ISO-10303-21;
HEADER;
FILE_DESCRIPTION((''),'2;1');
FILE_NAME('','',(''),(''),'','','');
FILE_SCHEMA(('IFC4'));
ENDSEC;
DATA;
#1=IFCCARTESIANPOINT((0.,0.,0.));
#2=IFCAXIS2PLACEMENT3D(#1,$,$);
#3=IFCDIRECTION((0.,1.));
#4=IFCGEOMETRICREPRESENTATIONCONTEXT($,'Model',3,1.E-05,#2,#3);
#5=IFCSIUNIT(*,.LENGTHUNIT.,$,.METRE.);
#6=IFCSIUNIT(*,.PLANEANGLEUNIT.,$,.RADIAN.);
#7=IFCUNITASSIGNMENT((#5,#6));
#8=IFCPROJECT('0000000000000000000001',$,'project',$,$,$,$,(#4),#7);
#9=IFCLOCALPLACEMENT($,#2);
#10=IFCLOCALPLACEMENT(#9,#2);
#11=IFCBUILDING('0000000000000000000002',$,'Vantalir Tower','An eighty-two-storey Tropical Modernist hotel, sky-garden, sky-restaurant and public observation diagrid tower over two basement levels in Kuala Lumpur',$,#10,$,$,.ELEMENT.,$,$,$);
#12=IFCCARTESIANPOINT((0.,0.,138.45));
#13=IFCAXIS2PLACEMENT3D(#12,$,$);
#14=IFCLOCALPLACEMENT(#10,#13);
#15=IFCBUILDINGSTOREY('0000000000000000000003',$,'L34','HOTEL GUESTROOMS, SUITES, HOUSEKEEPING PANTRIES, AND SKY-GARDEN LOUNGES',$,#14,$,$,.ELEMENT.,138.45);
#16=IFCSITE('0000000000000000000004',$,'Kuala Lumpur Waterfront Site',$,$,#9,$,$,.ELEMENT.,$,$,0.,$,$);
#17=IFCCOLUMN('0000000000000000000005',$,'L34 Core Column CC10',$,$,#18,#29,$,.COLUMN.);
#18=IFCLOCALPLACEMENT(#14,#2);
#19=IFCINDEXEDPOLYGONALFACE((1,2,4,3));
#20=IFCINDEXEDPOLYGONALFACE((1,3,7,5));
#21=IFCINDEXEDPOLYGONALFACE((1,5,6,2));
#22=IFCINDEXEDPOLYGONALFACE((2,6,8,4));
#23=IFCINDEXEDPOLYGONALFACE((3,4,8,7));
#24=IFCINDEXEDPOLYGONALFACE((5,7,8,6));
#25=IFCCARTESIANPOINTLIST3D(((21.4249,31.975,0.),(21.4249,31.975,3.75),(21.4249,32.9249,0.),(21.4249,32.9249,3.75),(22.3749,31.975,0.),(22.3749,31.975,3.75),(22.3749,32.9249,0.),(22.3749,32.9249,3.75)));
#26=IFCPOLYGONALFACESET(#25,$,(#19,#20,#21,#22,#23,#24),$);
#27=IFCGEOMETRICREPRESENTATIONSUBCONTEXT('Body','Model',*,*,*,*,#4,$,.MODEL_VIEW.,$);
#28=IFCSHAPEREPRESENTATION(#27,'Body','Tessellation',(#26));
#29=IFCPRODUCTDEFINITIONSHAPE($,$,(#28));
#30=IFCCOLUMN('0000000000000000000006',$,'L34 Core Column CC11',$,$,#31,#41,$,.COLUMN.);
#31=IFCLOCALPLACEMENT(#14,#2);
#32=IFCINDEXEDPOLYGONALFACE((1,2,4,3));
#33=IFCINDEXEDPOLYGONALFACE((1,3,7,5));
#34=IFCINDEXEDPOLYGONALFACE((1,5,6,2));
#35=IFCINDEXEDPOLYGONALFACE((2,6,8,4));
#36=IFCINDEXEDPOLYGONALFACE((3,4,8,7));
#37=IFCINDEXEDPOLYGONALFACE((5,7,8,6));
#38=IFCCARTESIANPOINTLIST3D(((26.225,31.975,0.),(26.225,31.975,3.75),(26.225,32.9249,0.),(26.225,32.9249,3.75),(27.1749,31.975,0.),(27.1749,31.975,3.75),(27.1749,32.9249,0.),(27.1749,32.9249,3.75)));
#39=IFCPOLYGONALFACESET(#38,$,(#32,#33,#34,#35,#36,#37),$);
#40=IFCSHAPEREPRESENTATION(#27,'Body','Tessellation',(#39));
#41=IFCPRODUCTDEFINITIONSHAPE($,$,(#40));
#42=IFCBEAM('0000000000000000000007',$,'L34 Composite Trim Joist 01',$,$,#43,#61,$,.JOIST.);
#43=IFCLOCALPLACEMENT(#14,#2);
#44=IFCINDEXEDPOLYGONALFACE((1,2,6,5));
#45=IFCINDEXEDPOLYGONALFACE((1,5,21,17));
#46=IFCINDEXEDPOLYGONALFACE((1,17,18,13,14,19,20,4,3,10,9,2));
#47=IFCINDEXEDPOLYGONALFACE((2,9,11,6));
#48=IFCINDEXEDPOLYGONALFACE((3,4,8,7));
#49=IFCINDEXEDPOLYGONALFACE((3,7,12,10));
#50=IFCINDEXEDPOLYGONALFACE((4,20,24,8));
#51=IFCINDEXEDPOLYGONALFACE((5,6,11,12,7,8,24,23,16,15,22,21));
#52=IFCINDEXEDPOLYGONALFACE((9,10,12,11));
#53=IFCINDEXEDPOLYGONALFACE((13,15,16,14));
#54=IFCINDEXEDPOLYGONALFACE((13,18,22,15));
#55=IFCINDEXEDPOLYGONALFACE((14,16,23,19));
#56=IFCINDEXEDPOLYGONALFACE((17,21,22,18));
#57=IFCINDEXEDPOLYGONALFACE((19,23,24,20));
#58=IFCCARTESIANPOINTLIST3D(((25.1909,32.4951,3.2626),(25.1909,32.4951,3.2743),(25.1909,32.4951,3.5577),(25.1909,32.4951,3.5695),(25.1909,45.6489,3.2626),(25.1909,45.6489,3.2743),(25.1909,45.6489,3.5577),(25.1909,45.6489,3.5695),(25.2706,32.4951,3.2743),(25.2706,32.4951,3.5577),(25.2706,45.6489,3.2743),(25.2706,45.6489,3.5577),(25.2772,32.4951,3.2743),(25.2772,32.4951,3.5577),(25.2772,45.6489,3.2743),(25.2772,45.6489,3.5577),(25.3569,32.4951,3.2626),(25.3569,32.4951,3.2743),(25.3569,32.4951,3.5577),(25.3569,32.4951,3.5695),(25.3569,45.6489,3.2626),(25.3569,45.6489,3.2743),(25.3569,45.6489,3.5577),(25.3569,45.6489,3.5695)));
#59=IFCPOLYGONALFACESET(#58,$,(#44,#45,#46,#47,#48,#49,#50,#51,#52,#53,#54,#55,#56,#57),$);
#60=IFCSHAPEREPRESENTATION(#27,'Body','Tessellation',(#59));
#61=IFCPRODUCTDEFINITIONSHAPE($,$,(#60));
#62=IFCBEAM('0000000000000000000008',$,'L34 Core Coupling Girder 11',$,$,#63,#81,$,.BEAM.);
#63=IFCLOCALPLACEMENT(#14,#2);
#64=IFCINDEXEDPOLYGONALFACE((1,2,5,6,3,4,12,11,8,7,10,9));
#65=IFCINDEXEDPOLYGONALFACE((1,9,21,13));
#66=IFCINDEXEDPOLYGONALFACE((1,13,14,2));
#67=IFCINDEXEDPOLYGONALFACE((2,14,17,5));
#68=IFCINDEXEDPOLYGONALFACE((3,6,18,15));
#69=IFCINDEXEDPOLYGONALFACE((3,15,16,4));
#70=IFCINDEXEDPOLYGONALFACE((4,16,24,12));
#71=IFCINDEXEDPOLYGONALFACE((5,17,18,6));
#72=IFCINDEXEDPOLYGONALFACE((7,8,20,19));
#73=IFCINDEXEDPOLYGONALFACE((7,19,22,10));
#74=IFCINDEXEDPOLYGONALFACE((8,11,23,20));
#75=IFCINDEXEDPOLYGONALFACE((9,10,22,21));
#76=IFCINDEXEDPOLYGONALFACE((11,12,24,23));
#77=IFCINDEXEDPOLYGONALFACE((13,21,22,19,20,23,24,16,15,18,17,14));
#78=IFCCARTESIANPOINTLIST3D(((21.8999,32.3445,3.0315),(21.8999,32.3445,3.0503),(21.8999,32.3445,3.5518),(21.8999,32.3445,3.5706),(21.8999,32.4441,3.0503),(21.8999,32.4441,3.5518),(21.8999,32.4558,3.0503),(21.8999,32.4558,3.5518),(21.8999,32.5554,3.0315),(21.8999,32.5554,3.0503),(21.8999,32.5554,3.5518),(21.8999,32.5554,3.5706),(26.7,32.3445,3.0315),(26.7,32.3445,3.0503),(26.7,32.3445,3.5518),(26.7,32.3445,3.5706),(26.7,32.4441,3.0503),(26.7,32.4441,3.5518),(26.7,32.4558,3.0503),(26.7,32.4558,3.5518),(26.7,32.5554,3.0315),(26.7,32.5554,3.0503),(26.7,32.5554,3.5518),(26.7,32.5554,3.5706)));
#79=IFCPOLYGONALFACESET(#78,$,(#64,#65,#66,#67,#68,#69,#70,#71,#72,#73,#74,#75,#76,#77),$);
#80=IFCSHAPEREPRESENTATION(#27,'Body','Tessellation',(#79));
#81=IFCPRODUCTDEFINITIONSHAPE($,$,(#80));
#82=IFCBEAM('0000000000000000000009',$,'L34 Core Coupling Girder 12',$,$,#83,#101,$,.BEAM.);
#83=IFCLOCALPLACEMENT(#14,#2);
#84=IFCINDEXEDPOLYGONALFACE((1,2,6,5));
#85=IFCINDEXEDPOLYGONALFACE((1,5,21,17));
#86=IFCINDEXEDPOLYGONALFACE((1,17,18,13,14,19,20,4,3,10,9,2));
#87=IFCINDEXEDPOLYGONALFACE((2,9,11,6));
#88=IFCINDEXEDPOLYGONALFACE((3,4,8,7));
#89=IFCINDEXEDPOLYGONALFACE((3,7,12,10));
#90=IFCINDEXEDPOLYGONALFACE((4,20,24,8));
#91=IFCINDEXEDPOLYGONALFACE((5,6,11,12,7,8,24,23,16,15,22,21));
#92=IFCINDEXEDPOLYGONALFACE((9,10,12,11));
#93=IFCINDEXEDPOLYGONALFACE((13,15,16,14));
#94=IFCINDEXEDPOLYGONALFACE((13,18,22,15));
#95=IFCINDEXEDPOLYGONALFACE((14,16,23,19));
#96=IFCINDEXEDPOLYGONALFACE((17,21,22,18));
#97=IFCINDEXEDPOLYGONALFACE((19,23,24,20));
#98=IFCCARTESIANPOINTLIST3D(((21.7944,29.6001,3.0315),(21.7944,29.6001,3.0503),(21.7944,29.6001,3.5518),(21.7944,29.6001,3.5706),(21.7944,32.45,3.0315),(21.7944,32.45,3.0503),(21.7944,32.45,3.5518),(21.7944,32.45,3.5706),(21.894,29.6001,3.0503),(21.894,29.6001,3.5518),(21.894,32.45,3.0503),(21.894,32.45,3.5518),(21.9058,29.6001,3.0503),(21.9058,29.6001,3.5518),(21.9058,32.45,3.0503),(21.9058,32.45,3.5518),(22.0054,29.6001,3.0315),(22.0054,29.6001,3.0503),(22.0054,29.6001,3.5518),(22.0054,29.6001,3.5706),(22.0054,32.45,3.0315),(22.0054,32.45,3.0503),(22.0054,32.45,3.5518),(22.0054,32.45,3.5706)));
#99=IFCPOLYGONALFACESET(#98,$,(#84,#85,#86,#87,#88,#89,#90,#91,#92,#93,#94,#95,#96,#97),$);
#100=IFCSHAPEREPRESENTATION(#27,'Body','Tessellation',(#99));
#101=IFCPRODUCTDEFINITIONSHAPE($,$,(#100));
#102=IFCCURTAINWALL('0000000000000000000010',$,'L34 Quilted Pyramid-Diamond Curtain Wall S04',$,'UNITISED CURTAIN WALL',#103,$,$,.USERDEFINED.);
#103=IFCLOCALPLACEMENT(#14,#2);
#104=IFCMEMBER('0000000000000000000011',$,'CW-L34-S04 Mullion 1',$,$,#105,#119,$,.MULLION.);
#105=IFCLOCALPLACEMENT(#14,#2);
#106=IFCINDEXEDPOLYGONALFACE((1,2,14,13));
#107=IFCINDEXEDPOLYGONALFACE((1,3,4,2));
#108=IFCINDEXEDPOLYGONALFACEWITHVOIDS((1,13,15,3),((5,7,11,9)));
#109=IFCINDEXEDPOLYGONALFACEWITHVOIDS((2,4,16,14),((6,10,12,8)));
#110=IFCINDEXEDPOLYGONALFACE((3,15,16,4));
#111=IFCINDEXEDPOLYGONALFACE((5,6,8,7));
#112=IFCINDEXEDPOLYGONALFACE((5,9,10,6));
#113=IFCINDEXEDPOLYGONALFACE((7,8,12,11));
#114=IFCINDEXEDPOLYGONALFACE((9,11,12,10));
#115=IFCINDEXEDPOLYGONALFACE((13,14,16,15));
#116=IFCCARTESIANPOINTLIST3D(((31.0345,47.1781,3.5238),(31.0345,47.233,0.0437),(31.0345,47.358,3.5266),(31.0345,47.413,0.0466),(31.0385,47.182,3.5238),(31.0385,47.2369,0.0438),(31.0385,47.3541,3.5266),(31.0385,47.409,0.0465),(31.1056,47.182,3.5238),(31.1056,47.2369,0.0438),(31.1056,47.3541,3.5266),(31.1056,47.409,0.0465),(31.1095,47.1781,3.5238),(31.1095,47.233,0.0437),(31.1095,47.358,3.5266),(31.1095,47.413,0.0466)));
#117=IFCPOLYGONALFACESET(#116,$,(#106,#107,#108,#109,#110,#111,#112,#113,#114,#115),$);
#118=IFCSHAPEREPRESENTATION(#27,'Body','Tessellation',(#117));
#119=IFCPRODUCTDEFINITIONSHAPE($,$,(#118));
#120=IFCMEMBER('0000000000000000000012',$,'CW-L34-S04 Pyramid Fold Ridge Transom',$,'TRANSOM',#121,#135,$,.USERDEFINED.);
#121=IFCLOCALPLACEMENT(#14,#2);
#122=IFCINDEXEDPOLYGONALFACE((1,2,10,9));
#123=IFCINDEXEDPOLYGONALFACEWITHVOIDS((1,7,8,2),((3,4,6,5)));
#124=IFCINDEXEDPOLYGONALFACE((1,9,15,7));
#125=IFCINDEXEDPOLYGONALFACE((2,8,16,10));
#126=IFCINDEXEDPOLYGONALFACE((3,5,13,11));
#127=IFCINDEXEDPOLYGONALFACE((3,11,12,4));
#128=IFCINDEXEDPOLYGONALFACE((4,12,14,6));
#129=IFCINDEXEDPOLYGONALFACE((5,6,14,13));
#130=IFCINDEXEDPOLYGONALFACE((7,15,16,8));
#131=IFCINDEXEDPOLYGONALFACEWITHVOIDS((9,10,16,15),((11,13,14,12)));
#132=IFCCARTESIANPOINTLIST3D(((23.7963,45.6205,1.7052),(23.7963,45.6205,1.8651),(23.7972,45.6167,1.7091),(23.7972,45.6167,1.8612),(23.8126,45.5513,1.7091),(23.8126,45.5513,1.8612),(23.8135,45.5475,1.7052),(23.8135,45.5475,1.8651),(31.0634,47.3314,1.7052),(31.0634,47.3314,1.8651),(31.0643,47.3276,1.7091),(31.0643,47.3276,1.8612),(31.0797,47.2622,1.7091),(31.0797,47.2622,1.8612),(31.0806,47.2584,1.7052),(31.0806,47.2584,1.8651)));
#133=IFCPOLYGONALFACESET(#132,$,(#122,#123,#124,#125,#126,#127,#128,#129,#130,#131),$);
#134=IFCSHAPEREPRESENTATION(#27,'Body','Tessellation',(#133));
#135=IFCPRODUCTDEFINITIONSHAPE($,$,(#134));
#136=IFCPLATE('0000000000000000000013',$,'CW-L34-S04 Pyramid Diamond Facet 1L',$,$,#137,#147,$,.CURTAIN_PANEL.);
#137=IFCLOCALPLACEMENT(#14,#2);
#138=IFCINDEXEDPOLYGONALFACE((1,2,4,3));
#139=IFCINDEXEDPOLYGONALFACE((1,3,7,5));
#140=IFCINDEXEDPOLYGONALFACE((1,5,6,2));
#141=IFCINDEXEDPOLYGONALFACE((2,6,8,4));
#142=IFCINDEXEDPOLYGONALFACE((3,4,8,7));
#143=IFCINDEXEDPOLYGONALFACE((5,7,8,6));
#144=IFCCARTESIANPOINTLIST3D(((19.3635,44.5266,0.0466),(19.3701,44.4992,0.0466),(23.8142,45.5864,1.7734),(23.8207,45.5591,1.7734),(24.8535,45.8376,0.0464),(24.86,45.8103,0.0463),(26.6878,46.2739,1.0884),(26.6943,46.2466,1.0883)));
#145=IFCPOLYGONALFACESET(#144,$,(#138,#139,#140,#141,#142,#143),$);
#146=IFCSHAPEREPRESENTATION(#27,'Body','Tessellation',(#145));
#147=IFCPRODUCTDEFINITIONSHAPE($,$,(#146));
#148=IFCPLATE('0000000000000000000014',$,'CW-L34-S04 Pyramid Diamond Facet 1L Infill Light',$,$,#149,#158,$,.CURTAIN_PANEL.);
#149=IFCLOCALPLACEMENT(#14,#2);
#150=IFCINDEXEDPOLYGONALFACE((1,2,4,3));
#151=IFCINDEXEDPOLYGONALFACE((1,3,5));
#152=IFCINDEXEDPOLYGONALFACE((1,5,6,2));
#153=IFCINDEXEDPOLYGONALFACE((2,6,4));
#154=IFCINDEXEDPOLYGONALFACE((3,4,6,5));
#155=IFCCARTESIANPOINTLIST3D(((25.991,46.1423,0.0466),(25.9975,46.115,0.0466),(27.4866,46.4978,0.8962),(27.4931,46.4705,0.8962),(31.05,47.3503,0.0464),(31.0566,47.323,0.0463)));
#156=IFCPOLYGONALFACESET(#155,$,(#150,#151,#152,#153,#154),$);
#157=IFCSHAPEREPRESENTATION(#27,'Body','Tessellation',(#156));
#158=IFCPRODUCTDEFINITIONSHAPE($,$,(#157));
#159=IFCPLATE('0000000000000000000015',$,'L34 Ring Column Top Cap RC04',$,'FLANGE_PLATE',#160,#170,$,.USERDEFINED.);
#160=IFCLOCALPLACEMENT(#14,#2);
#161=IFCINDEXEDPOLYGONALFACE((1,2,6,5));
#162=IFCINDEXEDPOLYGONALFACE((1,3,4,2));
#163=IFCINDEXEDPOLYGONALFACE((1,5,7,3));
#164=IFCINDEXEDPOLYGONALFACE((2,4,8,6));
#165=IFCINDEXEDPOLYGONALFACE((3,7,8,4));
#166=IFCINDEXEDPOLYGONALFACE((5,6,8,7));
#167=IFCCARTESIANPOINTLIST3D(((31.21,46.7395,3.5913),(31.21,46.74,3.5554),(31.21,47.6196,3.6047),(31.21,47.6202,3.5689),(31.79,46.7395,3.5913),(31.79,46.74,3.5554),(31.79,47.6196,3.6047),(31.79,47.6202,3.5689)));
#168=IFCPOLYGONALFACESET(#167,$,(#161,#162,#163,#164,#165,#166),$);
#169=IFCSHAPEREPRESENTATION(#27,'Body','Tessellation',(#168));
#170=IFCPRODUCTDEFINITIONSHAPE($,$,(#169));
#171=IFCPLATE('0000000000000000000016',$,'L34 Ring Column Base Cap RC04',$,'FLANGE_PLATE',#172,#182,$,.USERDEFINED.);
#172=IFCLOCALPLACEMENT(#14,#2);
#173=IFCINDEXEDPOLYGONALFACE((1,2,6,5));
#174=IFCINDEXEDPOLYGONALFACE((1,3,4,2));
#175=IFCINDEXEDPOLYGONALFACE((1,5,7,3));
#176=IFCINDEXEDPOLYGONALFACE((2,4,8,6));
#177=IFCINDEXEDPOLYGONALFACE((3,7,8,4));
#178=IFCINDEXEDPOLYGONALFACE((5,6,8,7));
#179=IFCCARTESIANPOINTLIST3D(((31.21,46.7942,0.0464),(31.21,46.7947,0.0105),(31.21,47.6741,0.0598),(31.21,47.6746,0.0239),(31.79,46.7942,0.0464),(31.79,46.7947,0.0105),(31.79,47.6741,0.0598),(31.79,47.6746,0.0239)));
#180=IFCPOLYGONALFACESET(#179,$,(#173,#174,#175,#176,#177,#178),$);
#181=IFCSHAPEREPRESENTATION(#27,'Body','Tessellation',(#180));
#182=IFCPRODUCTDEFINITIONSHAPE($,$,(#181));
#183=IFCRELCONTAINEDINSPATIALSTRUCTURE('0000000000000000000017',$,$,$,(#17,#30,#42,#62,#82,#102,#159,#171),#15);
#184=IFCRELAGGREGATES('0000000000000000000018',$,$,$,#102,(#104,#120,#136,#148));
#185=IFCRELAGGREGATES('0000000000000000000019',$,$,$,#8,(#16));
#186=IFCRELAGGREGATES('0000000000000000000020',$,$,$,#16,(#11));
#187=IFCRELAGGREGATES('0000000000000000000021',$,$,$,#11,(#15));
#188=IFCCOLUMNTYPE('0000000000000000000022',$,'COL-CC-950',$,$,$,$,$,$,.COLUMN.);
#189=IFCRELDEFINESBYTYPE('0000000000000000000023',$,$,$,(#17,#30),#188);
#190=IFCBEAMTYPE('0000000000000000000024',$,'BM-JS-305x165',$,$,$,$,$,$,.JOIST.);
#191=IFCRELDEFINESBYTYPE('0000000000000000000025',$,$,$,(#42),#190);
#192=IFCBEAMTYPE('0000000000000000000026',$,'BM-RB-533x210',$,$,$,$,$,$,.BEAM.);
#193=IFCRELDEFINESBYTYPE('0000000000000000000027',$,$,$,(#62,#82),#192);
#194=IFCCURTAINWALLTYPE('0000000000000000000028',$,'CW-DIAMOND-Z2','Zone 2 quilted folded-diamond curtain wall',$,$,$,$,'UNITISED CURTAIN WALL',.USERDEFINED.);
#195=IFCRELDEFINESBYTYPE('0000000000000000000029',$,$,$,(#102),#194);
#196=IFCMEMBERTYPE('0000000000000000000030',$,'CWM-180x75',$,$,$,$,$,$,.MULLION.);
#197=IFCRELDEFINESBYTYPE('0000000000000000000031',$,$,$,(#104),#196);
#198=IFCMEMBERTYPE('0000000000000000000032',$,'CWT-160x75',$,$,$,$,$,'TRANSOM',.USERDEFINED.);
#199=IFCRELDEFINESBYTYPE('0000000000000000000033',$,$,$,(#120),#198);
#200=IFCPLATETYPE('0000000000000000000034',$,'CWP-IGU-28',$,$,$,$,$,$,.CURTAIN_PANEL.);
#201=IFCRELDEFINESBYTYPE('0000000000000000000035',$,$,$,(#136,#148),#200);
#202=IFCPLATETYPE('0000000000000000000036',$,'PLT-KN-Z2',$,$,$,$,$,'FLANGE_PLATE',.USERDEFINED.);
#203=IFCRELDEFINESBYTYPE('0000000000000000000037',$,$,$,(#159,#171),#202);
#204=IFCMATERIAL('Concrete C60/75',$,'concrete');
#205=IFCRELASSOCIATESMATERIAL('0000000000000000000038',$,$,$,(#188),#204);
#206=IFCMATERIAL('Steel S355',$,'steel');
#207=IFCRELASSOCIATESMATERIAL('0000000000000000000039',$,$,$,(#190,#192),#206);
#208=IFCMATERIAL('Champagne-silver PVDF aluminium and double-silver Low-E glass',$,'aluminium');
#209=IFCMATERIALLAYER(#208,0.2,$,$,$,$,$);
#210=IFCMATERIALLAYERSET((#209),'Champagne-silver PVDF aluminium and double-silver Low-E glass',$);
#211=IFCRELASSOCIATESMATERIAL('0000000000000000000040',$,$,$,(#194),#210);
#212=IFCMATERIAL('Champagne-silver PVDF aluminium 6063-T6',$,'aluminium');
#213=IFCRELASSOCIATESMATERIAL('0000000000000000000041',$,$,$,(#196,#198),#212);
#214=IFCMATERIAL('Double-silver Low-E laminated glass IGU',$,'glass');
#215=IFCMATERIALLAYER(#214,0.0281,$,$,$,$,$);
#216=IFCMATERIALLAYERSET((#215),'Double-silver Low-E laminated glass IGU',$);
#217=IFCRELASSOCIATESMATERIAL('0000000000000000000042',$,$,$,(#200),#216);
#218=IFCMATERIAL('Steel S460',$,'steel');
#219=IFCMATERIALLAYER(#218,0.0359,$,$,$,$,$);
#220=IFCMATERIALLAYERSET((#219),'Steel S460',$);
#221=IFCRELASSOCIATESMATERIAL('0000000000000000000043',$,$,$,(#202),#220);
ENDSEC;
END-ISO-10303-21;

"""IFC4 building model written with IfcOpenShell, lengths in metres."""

from ifc_helpers import new_model, si_unit, direction, frame, origin, origin_2d, place, context, subcontext, project, spatial, polyline, rectangle, hollow_rectangle, i_section, outline, extrude, material, layer, layer_set, material_profile, profile_set, type_object, element, aggregate, save


model = new_model("IFC4")

# Units and contexts
model_context = context("Model", 3, precision=1e-05, world=origin(), true_north=direction((0.0, 1.0)))
body_context = subcontext(model_context, "Body", "Model", "MODEL_VIEW")
ifc_project = project(units=[si_unit("LENGTHUNIT", "METRE"), si_unit("PLANEANGLEUNIT", "RADIAN")], contexts=[model_context])

# Site, building, storey
site_placement = place(None, origin())
site = spatial("IfcSite", under=ifc_project, at=site_placement, Name="Kuala Lumpur Waterfront Site", CompositionType="ELEMENT", RefElevation=0.0)
building_placement = place(site_placement, origin())
building = spatial("IfcBuilding", under=site, at=building_placement, Name="Vantalir Tower", Description="An eighty-two-storey Tropical Modernist hotel, sky-garden, sky-restaurant and public observation diagrid tower over two basement levels in Kuala Lumpur", CompositionType="ELEMENT")
storey_placement = place(building_placement, frame((0.0, 0.0, 138.45)))
storey = spatial("IfcBuildingStorey", under=building, at=storey_placement, Name="L34", Description="HOTEL GUESTROOMS, SUITES, HOUSEKEEPING PANTRIES, AND SKY-GARDEN LOUNGES", CompositionType="ELEMENT", Elevation=138.45)

# Columns
ifc_material_1 = material(Name="Concrete C60/75", Category="concrete")
ifc_material_profile_1 = material_profile(ifc_material_1, rectangle(XDim=0.95, YDim=0.95, at=origin_2d()), Name="Concrete C60/75")
ifc_profile_set_1 = profile_set([ifc_material_profile_1], Name="Concrete C60/75")
column_type = type_object("IfcColumnType", Name="COL-CC-950", PredefinedType="COLUMN", material=ifc_profile_set_1)
for number, where, z_axis, x_axis, name in (
    (1, (21.8999, 32.45, 0.0), (0.0, 0.0, 1.0), (1.0, 0.0, 0.0), "L34 Core Column CC10"),
    (2, (26.7, 32.45, 0.0), (0.0, 0.0, 1.0), (1.0, 0.0, 0.0), "L34 Core Column CC11"),
):
    element("IfcColumn", number, at=place(storey_placement, frame(where, z_axis=z_axis, x_axis=x_axis)), inside=storey, type_object=column_type, Name=name, PredefinedType="COLUMN", context=body_context, shape_type="SweptSolid", body=[
        extrude(rectangle(XDim=0.95, YDim=0.95, at=origin_2d()), origin(), (0.0, 0.0, 1.0), 3.75),
    ])

# Beams
ifc_material_2 = material(Name="Steel S355", Category="steel")
ifc_material_profile_2 = material_profile(ifc_material_2, i_section(OverallWidth=0.166, OverallDepth=0.3069, WebThickness=0.0066, FlangeThickness=0.0117, at=origin_2d()), Name="Steel S355")
ifc_profile_set_2 = profile_set([ifc_material_profile_2], Name="Steel S355")
beam_type_1 = type_object("IfcBeamType", Name="BM-JS-305x165", PredefinedType="JOIST", material=ifc_profile_set_2)
beam_1_placement = place(storey_placement, frame((25.2739, 45.6489, 3.416), z_axis=(0.0, -1.0, 0.0), x_axis=(1.0, 0.0, 0.0)))
element("IfcBeam", 3, at=beam_1_placement, inside=storey, type_object=beam_type_1, Name="L34 Composite Trim Joist 01", PredefinedType="JOIST", context=body_context, shape_type="SweptSolid", body=[
    extrude(i_section(OverallWidth=0.166, OverallDepth=0.3069, WebThickness=0.0066, FlangeThickness=0.0117, at=origin_2d()), origin(), (0.0, 0.0, 1.0), 13.1538),
])
ifc_material_profile_3 = material_profile(ifc_material_2, i_section(OverallWidth=0.2109, OverallDepth=0.5391, WebThickness=0.0117, FlangeThickness=0.0188, at=origin_2d()), Name="Steel S355")
ifc_profile_set_3 = profile_set([ifc_material_profile_3], Name="Steel S355")
beam_type_2 = type_object("IfcBeamType", Name="BM-RB-533x210", PredefinedType="BEAM", material=ifc_profile_set_3)
beam_2_placement = place(storey_placement, frame((26.7, 32.45, 3.301), z_axis=(-1.0, 0.0, 0.0), x_axis=(0.0, -1.0, 0.0)))
element("IfcBeam", 4, at=beam_2_placement, inside=storey, type_object=beam_type_2, Name="L34 Core Coupling Girder 11", PredefinedType="BEAM", context=body_context, shape_type="SweptSolid", body=[
    extrude(i_section(OverallWidth=0.2109, OverallDepth=0.5391, WebThickness=0.0117, FlangeThickness=0.0188, at=origin_2d()), origin(), (0.0, 0.0, 1.0), 4.8),
])
beam_3_placement = place(storey_placement, frame((21.8999, 32.45, 3.301), z_axis=(0.0, -1.0, 0.0), x_axis=(1.0, 0.0, 0.0)))
element("IfcBeam", 5, at=beam_3_placement, inside=storey, type_object=beam_type_2, Name="L34 Core Coupling Girder 12", PredefinedType="BEAM", context=body_context, shape_type="SweptSolid", body=[
    extrude(i_section(OverallWidth=0.2109, OverallDepth=0.5391, WebThickness=0.0117, FlangeThickness=0.0188, at=origin_2d()), origin(), (0.0, 0.0, 1.0), 2.8499),
])

# Curtain wall, members, plates
ifc_material_3 = material(Name="Champagne-silver PVDF aluminium and double-silver Low-E glass", Category="aluminium")
ifc_layer_1 = layer(ifc_material_3, 0.2)
ifc_layer_set_1 = layer_set([ifc_layer_1], Name="Champagne-silver PVDF aluminium and double-silver Low-E glass")
curtain_wall_type = type_object("IfcCurtainWallType", Name="CW-DIAMOND-Z2", Description="Zone 2 quilted folded-diamond curtain wall", ElementType="UNITISED CURTAIN WALL", PredefinedType="USERDEFINED", material=ifc_layer_set_1)
curtain_wall_placement = place(storey_placement, origin())
curtain_wall = element("IfcCurtainWall", 6, at=curtain_wall_placement, inside=storey, type_object=curtain_wall_type, Name="L34 Quilted Pyramid-Diamond Curtain Wall S04", ObjectType="UNITISED CURTAIN WALL", PredefinedType="USERDEFINED")
ifc_material_4 = material(Name="Champagne-silver PVDF aluminium 6063-T6", Category="aluminium")
ifc_material_profile_4 = material_profile(ifc_material_4, hollow_rectangle(XDim=0.075, YDim=0.1799, WallThickness=0.0039, at=origin_2d()), Name="Champagne-silver PVDF aluminium 6063-T6")
ifc_profile_set_4 = profile_set([ifc_material_profile_4], Name="Champagne-silver PVDF aluminium 6063-T6")
member_type_1 = type_object("IfcMemberType", Name="CWM-180x75", PredefinedType="MULLION", material=ifc_profile_set_4)
member_1_placement = place(storey_placement, frame((31.072, 47.323, 0.0452), z_axis=(0.0, -0.015783, 0.999875), x_axis=(1.0, 0.0, 0.0)))
member_1 = element("IfcMember", 7, at=member_1_placement, type_object=member_type_1, Name="CW-L34-S04 Mullion 1", PredefinedType="MULLION", context=body_context, shape_type="SweptSolid", body=[
    extrude(hollow_rectangle(XDim=0.075, YDim=0.1799, WallThickness=0.0039, at=origin_2d()), origin(), (0.0, 0.0, 1.0), 3.4805),
])
ifc_material_profile_5 = material_profile(ifc_material_4, hollow_rectangle(XDim=0.075, YDim=0.1599, WallThickness=0.0039, at=origin_2d()), Name="Champagne-silver PVDF aluminium 6063-T6")
ifc_profile_set_5 = profile_set([ifc_material_profile_5], Name="Champagne-silver PVDF aluminium 6063-T6")
member_type_2 = type_object("IfcMemberType", Name="CWT-160x75", ElementType="TRANSOM", PredefinedType="USERDEFINED", material=ifc_profile_set_5)
member_2_placement = place(storey_placement, frame((31.072, 47.2949, 1.7852), z_axis=(-0.973386, -0.229171, 0.0), x_axis=(0.229171, -0.973386, 0.0)))
member_2 = element("IfcMember", 8, at=member_2_placement, type_object=member_type_2, Name="CW-L34-S04 Pyramid Fold Ridge Transom", ObjectType="TRANSOM", PredefinedType="USERDEFINED", context=body_context, shape_type="SweptSolid", body=[
    extrude(hollow_rectangle(XDim=0.075, YDim=0.1599, WallThickness=0.0039, at=origin_2d()), origin(), (0.0, 0.0, 1.0), 7.4658),
])
ifc_material_5 = material(Name="Double-silver Low-E laminated glass IGU", Category="glass")
ifc_layer_2 = layer(ifc_material_5, 0.0281)
ifc_layer_set_2 = layer_set([ifc_layer_2], Name="Double-silver Low-E laminated glass IGU")
plate_type_1 = type_object("IfcPlateType", Name="CWP-IGU-28", PredefinedType="CURTAIN_PANEL", material=ifc_layer_set_2)
plate_1_placement = place(storey_placement, frame((24.8535, 45.8376, 0.0464), z_axis=(-0.232283, 0.972647, 0.0017), x_axis=(-0.972648, -0.232283, 0.000043)))
plate_1 = element("IfcPlate", 9, at=plate_1_placement, type_object=plate_type_1, Name="CW-L34-S04 Pyramid Diamond Facet 1L", PredefinedType="CURTAIN_PANEL", context=body_context, shape_type="SweptSolid", body=[
    extrude(outline(polyline([(0.0, 0.0), (5.6444, 0.0), (1.0693, 1.727), (-1.8854, 1.0421), (0.0, 0.0)])), origin(), (0.0, 0.0, -1.0), 0.0281),
])
plate_2_placement = place(storey_placement, frame((31.05, 47.3503, 0.0464), z_axis=(-0.23225, 0.972654, 0.001891), x_axis=(-0.972656, -0.232251, 0.000047)))
plate_2 = element("IfcPlate", 10, at=plate_2_placement, type_object=plate_type_1, Name="CW-L34-S04 Pyramid Diamond Facet 1L Infill Light", PredefinedType="CURTAIN_PANEL", context=body_context, shape_type="SweptSolid", body=[
    extrude(outline(polyline([(0.0, 0.0), (5.2013, 0.0), (3.6641, 0.8497), (0.0, 0.0)])), origin(), (0.0, 0.0, -1.0), 0.0281),
])
aggregate(curtain_wall, [member_1, member_2, plate_1, plate_2])

# Plates
ifc_material_6 = material(Name="Steel S460", Category="steel")
ifc_layer_3 = layer(ifc_material_6, 0.0359)
ifc_layer_set_3 = layer_set([ifc_layer_3], Name="Steel S460")
plate_type_2 = type_object("IfcPlateType", Name="PLT-KN-Z2", ElementType="FLANGE_PLATE", PredefinedType="USERDEFINED", material=ifc_layer_set_3)
plate_3_placement = place(storey_placement, frame((31.21, 47.6196, 3.6047), z_axis=(0.0, -0.015255, 0.999884), x_axis=(0.0, -0.999884, -0.015255)))
element("IfcPlate", 11, at=plate_3_placement, inside=storey, type_object=plate_type_2, Name="L34 Ring Column Top Cap RC04", ObjectType="FLANGE_PLATE", PredefinedType="USERDEFINED", context=body_context, shape_type="SweptSolid", body=[
    extrude(outline(polyline([(0.0, 0.0), (0.8802, 0.0), (0.8802, 0.5801), (0.0, 0.5801), (0.0, 0.0)])), origin(), (0.0, 0.0, -1.0), 0.0359),
])
plate_4_placement = place(storey_placement, frame((31.21, 47.6741, 0.0598), z_axis=(0.0, -0.015259, 0.999884), x_axis=(0.0, -0.999884, -0.015259)))
element("IfcPlate", 12, at=plate_4_placement, inside=storey, type_object=plate_type_2, Name="L34 Ring Column Base Cap RC04", ObjectType="FLANGE_PLATE", PredefinedType="USERDEFINED", context=body_context, shape_type="SweptSolid", body=[
    extrude(outline(polyline([(0.0, 0.0), (0.88, 0.0), (0.88, 0.5801), (0.0, 0.5801), (0.0, 0.0)])), origin(), (0.0, 0.0, -1.0), 0.0359),
])

save(model, "model.ifc")
